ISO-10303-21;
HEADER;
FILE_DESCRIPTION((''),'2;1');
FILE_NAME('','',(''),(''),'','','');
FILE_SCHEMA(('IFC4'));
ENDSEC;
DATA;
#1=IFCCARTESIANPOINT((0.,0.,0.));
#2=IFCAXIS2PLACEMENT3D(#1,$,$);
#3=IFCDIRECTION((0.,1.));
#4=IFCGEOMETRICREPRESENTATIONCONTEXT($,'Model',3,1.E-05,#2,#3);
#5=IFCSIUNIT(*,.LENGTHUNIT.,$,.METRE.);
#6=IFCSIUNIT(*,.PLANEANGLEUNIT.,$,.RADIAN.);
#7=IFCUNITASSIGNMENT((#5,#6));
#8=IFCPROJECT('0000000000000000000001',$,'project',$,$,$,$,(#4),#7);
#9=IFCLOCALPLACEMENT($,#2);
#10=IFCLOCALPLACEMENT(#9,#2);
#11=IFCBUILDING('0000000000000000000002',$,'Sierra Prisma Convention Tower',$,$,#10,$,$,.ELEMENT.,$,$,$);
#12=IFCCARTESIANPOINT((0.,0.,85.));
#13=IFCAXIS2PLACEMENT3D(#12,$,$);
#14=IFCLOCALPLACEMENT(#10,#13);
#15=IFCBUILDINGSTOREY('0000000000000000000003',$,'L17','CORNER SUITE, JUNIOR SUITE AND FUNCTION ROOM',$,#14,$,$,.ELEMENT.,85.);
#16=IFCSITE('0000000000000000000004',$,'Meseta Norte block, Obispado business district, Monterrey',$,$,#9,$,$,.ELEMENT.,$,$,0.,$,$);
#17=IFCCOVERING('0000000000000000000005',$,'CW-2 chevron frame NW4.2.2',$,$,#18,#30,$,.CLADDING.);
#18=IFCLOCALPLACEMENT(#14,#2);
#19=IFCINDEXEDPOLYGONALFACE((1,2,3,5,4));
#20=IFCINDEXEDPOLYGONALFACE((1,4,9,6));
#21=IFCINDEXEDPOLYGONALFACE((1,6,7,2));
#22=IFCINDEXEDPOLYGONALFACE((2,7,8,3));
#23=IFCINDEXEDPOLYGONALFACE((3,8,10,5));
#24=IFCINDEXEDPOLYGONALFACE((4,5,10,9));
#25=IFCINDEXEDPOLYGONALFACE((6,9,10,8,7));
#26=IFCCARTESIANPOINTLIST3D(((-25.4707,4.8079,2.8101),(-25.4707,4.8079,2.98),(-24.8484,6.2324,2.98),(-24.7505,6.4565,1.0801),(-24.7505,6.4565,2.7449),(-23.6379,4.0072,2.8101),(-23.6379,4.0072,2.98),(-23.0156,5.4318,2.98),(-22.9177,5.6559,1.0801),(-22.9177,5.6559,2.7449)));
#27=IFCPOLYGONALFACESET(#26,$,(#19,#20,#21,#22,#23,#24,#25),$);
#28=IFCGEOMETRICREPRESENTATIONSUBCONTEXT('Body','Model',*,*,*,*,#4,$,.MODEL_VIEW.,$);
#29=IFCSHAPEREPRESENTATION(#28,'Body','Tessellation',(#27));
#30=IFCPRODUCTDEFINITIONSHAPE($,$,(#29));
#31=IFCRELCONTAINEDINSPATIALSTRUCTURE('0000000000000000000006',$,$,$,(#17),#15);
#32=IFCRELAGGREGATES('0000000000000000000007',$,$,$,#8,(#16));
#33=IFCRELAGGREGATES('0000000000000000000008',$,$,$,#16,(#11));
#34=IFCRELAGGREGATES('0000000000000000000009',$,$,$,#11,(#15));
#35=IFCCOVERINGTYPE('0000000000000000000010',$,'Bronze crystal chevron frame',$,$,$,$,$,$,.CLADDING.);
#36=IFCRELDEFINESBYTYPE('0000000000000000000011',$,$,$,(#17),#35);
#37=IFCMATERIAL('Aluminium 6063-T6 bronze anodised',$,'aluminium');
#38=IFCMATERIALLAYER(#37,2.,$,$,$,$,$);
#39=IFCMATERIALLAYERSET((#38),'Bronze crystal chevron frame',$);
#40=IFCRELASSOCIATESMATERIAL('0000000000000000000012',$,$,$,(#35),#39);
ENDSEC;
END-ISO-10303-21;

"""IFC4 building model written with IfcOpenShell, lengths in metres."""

from ifc_helpers import new_model, si_unit, direction, frame, origin, place, context, subcontext, project, spatial, polyline, outline, extrude, material, layer, layer_set, type_object, element, save


model = new_model("IFC4")

# Units and contexts
model_context = context("Model", 3, precision=1e-05, world=origin(), true_north=direction((0.0, 1.0)))
body_context = subcontext(model_context, "Body", "Model", "MODEL_VIEW")
ifc_project = project(units=[si_unit("LENGTHUNIT", "METRE"), si_unit("PLANEANGLEUNIT", "RADIAN")], contexts=[model_context])

# Site, building, storey
site_placement = place(None, origin())
site = spatial("IfcSite", under=ifc_project, at=site_placement, Name="Meseta Norte block, Obispado business district, Monterrey", CompositionType="ELEMENT", RefElevation=0.0)
building_placement = place(site_placement, origin())
building = spatial("IfcBuilding", under=site, at=building_placement, Name="Sierra Prisma Convention Tower", CompositionType="ELEMENT")
storey_placement = place(building_placement, frame((0.0, 0.0, 85.0)))
storey = spatial("IfcBuildingStorey", under=building, at=storey_placement, Name="L17", Description="CORNER SUITE, JUNIOR SUITE AND FUNCTION ROOM", CompositionType="ELEMENT", Elevation=85.0)

# Covering
ifc_material_1 = material(Name="Aluminium 6063-T6 bronze anodised", Category="aluminium")
ifc_layer_1 = layer(ifc_material_1, 2.0)
ifc_layer_set_1 = layer_set([ifc_layer_1], Name="Bronze crystal chevron frame")
covering_type = type_object("IfcCoveringType", Name="Bronze crystal chevron frame", PredefinedType="CLADDING", material=ifc_layer_set_1)
covering_1_placement = place(storey_placement, frame((-25.4707, 4.8079, 2.98), z_axis=(-0.916378, 0.400314, 0.000002), x_axis=(0.400314, 0.916378, 0.0)))
element("IfcCovering", 1, at=covering_1_placement, inside=storey, type_object=covering_type, Name="CW-2 chevron frame NW4.2.2", PredefinedType="CLADDING", context=body_context, shape_type="SweptSolid", body=[
    extrude(outline(polyline([(0.0, 0.0), (1.5546, 0.0), (1.7991, 0.2351), (1.7991, 1.8999), (0.0, 0.1699), (0.0, 0.0)])), origin(), (0.0, 0.0, -1.0), 2.0),
])

save(model, "model.ifc")
